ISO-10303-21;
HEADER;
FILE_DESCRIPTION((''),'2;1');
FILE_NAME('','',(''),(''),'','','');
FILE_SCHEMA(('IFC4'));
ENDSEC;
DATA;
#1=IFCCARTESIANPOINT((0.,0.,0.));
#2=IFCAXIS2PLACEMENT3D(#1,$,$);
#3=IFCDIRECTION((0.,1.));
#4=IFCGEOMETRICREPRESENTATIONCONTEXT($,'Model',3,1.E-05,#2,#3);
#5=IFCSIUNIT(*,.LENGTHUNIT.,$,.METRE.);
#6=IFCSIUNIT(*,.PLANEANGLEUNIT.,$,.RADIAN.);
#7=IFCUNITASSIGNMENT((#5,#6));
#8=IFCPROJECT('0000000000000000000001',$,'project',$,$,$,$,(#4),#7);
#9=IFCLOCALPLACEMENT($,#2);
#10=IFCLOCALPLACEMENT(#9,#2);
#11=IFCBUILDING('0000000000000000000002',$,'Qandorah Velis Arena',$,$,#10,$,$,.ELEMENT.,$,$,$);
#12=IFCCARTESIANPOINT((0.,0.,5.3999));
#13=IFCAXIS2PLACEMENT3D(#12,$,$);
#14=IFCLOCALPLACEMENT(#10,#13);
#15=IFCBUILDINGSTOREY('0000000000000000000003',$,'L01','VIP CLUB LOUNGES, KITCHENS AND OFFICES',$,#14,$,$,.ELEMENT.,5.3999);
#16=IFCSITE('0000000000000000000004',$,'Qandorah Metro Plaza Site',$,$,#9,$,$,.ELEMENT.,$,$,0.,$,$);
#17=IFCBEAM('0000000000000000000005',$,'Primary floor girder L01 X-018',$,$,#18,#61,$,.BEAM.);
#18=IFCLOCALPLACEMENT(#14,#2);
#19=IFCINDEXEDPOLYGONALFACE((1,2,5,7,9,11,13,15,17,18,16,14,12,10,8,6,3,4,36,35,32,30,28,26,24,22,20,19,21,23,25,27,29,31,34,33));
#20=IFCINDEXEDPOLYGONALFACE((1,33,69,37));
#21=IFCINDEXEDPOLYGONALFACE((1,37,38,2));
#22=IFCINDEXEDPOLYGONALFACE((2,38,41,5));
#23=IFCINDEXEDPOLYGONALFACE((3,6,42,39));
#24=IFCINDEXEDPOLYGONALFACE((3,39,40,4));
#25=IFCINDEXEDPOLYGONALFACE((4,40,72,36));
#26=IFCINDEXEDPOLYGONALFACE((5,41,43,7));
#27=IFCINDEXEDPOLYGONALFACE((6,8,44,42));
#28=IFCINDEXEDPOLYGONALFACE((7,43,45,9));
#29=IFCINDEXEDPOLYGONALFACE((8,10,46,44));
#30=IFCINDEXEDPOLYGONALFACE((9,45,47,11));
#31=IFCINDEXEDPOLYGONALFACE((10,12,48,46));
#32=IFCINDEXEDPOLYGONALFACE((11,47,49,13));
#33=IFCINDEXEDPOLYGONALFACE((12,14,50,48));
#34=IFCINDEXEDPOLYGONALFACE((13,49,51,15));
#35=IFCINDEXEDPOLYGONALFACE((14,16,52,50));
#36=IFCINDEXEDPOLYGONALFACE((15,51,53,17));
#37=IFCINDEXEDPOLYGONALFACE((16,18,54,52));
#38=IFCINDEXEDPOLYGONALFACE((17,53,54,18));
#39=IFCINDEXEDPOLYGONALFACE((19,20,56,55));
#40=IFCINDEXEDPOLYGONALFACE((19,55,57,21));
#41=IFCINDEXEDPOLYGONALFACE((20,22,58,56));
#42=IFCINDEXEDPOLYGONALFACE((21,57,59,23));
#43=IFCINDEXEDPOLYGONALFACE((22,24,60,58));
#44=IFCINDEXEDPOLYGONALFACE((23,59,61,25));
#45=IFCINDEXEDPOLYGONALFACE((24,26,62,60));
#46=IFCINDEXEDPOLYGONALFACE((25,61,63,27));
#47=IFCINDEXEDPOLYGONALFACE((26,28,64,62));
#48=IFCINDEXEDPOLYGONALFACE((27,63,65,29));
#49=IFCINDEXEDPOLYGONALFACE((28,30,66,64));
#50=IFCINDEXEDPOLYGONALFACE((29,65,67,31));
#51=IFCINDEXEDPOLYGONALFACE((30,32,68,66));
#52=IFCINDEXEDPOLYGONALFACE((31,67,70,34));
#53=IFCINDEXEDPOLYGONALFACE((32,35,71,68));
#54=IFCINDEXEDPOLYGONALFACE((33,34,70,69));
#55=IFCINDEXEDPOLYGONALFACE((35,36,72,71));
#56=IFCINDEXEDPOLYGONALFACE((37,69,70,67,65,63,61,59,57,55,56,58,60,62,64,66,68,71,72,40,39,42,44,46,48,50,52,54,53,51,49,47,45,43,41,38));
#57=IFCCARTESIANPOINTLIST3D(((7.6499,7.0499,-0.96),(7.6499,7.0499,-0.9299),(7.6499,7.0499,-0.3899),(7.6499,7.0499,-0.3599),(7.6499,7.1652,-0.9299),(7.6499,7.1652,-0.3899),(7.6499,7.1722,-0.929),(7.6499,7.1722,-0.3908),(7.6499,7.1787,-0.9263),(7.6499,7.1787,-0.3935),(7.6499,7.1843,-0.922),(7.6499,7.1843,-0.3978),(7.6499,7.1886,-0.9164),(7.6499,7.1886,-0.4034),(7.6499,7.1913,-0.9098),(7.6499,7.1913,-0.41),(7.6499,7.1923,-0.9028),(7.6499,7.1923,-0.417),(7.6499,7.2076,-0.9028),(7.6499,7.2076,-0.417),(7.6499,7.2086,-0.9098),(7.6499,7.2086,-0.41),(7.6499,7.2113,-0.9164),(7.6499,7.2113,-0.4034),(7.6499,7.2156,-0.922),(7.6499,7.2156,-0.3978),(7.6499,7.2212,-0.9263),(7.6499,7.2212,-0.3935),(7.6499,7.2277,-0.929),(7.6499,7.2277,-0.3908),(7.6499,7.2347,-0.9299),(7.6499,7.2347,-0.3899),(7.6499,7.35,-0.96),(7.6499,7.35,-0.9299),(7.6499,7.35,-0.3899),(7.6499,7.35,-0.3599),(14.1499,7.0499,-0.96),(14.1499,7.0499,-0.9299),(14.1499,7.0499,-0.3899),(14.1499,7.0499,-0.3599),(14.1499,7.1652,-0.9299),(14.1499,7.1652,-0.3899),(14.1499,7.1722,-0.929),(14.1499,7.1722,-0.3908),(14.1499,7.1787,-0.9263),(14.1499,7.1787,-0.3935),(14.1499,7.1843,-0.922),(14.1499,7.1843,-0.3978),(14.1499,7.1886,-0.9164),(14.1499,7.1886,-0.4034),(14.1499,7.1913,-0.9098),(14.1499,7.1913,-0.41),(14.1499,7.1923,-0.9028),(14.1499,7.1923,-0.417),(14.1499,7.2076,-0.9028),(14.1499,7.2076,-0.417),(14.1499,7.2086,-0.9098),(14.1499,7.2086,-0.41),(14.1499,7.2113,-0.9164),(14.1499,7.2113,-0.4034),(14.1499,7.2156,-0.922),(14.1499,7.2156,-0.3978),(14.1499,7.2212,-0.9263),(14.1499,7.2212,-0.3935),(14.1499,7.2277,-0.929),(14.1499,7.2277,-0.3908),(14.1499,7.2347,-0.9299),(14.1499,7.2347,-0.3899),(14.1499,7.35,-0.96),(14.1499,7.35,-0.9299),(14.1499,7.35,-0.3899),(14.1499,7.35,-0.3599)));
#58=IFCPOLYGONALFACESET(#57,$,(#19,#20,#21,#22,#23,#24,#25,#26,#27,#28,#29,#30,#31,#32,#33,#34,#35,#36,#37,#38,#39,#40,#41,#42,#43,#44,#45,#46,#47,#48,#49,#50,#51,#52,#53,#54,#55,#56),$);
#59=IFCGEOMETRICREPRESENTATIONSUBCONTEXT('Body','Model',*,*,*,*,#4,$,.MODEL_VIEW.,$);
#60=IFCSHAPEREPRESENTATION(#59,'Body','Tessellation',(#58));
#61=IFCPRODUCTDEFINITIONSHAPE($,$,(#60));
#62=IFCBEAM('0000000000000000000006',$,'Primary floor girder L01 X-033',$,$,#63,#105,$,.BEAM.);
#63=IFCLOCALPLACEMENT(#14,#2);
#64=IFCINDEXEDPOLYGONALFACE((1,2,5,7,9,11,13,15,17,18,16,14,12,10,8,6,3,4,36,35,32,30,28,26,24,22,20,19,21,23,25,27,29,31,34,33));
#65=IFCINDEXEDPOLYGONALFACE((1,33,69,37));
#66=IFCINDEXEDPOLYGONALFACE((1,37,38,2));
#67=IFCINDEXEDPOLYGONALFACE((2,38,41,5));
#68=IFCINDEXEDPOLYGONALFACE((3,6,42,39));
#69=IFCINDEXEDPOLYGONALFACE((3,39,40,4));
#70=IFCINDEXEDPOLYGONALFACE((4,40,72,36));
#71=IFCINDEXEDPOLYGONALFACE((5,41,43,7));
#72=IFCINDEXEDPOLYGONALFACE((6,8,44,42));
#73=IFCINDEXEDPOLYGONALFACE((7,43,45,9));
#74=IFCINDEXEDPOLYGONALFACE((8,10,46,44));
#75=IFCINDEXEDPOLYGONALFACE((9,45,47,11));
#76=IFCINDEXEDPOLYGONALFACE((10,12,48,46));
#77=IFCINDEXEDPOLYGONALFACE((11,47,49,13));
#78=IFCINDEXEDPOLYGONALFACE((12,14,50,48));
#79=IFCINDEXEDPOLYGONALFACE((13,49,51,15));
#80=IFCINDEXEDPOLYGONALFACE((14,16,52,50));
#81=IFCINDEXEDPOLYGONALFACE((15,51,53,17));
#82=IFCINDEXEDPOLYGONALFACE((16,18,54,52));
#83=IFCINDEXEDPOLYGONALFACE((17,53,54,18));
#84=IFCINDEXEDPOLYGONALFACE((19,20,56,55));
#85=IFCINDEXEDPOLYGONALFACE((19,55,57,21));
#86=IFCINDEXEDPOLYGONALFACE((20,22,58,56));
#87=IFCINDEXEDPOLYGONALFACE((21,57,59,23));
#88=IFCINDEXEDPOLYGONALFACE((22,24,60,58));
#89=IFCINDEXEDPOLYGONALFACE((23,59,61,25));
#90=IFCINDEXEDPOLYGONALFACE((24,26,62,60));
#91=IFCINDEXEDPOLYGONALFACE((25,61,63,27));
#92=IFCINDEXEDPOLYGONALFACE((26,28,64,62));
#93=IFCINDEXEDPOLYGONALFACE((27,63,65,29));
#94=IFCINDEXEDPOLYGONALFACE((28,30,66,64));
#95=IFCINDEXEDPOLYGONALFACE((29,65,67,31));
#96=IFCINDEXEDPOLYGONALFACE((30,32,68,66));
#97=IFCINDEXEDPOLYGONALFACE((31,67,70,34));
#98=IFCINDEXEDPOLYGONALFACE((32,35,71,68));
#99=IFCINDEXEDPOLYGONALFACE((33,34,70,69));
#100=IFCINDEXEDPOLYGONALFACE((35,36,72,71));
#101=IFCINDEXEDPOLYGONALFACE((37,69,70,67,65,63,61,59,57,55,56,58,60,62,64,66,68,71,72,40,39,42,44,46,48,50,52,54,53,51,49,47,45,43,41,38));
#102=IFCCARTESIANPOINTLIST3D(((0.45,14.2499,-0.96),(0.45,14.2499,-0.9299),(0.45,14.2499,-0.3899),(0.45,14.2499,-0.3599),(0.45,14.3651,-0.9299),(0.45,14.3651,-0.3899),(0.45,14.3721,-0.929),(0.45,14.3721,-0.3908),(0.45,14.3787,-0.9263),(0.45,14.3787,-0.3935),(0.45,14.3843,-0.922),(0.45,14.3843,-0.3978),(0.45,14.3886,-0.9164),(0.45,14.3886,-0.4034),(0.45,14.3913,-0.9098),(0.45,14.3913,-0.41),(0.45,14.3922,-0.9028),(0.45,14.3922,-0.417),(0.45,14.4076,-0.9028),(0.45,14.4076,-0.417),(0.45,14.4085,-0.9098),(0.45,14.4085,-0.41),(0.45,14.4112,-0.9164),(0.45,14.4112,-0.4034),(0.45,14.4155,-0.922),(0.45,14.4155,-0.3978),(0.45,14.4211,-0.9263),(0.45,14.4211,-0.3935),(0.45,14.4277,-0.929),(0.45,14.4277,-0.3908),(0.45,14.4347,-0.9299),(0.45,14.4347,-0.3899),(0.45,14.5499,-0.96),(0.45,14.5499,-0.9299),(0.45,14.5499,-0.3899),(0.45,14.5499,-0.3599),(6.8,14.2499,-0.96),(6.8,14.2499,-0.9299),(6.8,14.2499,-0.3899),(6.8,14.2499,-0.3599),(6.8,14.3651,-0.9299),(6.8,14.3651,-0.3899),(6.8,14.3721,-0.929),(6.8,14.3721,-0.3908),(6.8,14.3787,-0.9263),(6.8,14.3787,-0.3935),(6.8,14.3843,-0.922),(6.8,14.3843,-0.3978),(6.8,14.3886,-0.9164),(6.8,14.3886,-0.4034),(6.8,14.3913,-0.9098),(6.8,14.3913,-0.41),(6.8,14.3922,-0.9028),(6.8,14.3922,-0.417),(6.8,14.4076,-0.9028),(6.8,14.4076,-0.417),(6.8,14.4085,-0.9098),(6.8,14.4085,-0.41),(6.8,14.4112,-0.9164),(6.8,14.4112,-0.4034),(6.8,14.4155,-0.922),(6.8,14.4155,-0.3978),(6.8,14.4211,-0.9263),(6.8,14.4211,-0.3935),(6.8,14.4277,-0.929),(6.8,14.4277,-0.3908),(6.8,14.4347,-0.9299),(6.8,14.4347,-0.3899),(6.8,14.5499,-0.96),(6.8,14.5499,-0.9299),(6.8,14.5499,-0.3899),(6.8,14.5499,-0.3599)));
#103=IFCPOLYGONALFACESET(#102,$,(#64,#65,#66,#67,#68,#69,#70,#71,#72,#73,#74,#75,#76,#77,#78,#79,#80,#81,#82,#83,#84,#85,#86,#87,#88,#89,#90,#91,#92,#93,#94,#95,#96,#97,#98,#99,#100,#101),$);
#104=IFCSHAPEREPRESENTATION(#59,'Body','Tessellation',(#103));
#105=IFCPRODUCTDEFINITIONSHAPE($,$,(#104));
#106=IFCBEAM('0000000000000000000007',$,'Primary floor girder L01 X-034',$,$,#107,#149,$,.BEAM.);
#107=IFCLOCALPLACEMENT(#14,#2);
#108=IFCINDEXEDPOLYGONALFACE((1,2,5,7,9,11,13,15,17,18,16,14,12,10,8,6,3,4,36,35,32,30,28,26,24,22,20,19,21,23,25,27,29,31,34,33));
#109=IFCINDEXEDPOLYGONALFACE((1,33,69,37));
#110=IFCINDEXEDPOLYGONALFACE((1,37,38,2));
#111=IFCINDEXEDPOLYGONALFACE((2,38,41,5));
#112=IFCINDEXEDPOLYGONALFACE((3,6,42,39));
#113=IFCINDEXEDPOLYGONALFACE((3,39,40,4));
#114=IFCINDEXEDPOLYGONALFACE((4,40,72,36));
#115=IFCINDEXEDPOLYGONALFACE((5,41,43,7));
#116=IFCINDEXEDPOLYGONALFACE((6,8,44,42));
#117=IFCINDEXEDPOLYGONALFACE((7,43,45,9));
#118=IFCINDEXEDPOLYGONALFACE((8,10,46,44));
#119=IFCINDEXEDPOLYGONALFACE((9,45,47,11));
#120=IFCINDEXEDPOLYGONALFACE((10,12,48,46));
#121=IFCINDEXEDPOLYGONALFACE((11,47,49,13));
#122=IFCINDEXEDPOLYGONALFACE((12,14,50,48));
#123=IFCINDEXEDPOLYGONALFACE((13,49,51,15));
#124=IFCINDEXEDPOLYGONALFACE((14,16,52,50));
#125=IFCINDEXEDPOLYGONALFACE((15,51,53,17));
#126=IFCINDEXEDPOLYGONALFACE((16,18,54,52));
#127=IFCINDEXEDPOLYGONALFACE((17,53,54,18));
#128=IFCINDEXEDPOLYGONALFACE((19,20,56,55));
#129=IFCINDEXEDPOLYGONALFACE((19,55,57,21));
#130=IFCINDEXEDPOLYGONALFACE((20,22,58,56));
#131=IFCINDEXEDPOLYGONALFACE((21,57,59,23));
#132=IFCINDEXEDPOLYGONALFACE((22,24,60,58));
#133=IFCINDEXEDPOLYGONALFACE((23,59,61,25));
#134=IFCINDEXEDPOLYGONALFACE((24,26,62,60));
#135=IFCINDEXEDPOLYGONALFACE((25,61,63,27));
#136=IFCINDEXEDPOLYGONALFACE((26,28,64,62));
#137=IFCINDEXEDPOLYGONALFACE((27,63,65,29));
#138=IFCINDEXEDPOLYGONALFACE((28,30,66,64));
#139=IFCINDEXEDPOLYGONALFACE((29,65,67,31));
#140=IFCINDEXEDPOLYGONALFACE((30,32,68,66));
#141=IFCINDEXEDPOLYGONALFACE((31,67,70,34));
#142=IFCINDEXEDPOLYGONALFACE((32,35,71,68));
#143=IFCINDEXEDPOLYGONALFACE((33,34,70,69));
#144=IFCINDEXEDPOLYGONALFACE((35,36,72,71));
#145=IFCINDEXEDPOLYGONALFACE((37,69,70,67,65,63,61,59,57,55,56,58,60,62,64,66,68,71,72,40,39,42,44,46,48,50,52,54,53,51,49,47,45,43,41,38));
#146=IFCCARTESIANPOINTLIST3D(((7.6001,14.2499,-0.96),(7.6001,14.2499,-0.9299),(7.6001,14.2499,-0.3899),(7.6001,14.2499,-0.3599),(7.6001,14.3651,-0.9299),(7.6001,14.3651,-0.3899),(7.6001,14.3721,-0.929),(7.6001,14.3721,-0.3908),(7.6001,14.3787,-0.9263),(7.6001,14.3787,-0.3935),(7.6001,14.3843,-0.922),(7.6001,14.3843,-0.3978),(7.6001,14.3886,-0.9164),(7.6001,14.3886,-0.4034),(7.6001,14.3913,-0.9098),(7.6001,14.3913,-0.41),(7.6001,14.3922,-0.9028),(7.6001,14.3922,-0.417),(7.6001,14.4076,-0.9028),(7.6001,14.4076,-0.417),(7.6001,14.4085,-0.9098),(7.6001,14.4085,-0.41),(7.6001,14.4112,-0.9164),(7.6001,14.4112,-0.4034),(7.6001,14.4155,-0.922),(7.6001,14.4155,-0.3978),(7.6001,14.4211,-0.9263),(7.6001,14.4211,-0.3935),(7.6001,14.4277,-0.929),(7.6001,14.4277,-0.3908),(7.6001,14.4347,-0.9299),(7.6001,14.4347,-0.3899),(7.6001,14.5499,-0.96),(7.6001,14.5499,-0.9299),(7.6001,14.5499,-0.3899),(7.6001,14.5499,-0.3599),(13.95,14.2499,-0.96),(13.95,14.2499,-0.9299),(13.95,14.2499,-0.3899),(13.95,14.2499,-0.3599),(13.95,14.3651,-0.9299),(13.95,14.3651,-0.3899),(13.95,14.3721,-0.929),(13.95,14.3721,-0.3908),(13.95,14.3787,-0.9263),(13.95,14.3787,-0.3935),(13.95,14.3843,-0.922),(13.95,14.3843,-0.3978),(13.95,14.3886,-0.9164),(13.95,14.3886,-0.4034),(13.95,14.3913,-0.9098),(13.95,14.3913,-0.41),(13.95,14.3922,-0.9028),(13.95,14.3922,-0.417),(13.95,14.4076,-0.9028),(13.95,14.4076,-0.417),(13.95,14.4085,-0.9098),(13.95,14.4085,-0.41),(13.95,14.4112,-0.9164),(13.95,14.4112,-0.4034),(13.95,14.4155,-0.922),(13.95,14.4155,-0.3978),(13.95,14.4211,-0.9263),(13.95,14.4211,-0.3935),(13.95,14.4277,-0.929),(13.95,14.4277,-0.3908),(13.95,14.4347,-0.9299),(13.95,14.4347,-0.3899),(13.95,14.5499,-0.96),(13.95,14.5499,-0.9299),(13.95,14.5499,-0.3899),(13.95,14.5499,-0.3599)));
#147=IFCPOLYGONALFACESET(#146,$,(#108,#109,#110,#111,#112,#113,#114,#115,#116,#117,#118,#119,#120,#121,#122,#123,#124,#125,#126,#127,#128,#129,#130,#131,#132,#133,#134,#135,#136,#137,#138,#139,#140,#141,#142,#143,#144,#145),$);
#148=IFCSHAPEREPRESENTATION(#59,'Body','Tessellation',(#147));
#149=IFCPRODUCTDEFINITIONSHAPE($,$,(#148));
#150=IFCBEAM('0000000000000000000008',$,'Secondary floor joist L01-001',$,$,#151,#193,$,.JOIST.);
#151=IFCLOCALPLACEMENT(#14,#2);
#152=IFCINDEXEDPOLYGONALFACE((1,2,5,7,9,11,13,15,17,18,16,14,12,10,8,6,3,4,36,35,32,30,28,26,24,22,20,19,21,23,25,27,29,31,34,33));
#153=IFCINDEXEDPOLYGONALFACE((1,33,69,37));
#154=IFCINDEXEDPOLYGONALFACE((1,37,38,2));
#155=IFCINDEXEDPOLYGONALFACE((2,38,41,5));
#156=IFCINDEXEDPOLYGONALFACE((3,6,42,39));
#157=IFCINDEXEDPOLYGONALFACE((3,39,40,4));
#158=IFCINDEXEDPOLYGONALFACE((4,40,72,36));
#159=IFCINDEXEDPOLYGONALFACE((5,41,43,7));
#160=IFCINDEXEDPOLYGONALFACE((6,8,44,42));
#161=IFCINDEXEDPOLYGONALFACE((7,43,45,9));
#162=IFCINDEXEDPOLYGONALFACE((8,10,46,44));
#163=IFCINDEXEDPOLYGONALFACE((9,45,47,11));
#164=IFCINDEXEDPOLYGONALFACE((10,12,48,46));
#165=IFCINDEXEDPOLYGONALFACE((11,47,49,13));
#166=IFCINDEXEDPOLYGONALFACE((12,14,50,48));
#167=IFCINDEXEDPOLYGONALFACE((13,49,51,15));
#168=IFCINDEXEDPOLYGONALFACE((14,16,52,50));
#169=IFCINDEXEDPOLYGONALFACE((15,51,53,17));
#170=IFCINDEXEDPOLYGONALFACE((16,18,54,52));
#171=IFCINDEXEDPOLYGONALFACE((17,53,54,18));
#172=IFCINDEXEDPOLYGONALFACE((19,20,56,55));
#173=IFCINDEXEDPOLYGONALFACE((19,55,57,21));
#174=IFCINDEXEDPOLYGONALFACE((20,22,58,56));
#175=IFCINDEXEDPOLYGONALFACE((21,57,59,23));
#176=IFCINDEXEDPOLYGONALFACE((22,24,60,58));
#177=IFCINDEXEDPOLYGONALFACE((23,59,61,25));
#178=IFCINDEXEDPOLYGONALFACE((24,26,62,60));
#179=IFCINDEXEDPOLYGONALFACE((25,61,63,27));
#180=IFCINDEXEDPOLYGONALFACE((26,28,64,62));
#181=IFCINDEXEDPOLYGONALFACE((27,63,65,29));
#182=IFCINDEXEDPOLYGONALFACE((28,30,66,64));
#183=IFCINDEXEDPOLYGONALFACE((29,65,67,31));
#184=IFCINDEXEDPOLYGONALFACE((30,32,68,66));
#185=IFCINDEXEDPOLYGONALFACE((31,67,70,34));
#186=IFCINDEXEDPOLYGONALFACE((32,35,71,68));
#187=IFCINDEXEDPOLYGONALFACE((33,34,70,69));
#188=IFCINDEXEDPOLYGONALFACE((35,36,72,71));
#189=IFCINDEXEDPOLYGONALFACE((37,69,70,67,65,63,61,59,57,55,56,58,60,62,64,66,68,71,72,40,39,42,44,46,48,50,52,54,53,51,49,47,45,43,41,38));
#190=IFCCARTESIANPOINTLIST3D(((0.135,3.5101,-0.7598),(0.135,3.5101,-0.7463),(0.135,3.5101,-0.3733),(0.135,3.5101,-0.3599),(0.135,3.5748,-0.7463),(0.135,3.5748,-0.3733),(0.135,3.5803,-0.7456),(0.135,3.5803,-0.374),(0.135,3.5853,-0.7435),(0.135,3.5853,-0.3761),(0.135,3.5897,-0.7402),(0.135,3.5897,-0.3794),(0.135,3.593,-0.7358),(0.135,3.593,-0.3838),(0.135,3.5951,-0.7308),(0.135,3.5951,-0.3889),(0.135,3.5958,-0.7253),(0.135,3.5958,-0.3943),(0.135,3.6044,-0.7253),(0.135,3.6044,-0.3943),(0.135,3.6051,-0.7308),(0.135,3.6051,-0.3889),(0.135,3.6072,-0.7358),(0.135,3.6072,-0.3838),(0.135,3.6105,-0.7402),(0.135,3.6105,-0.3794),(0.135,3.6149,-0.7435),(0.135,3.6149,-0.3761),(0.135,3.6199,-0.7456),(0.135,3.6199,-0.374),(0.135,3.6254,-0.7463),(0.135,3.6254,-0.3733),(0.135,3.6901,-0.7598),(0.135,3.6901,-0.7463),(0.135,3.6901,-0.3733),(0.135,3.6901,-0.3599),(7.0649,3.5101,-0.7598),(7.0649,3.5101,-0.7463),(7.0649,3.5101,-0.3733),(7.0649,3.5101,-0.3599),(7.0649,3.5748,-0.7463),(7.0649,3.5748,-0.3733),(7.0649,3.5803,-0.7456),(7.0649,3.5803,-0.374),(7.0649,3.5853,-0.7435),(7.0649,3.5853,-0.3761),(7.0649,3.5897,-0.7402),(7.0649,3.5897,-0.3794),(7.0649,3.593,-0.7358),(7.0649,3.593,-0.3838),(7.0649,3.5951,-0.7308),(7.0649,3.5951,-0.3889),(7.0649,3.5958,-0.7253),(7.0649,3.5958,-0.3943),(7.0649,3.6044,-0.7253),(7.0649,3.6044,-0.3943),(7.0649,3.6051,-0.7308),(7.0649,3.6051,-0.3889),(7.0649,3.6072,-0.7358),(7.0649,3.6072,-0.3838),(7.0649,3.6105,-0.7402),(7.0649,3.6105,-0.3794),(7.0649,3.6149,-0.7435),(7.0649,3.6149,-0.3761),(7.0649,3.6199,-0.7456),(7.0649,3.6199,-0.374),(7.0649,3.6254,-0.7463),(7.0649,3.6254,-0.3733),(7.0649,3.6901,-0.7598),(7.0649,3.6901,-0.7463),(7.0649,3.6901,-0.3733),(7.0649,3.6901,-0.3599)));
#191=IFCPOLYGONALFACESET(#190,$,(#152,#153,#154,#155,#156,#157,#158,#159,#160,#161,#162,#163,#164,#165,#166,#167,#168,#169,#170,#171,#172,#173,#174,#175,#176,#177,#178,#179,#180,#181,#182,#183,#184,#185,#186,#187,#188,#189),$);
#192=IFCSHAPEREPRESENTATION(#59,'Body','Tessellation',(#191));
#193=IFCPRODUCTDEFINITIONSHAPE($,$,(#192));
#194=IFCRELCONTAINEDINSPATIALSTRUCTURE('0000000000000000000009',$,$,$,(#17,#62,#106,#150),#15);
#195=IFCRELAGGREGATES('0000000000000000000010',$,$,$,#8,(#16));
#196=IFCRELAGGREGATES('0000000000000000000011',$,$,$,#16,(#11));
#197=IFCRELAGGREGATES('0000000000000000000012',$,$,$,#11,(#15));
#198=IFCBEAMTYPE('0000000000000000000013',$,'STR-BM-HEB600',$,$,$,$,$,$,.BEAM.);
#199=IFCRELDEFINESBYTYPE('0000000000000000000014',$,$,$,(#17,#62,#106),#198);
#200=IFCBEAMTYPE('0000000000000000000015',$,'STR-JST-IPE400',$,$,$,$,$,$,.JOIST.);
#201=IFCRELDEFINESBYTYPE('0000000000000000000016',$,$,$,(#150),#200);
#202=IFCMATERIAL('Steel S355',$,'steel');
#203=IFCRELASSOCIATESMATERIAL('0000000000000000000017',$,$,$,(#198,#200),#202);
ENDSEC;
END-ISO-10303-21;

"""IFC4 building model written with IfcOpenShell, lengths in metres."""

from ifc_helpers import new_model, si_unit, direction, frame, origin, origin_2d, place, context, subcontext, project, spatial, i_section, extrude, material, material_profile, profile_set, type_object, element, save


model = new_model("IFC4")

# Units and contexts
model_context = context("Model", 3, precision=1e-05, world=origin(), true_north=direction((0.0, 1.0)))
body_context = subcontext(model_context, "Body", "Model", "MODEL_VIEW")
ifc_project = project(units=[si_unit("LENGTHUNIT", "METRE"), si_unit("PLANEANGLEUNIT", "RADIAN")], contexts=[model_context])

# Site, building, storey
site_placement = place(None, origin())
site = spatial("IfcSite", under=ifc_project, at=site_placement, Name="Qandorah Metro Plaza Site", CompositionType="ELEMENT", RefElevation=0.0)
building_placement = place(site_placement, origin())
building = spatial("IfcBuilding", under=site, at=building_placement, Name="Qandorah Velis Arena", CompositionType="ELEMENT")
storey_placement = place(building_placement, frame((0.0, 0.0, 5.3999)))
storey = spatial("IfcBuildingStorey", under=building, at=storey_placement, Name="L01", Description="VIP CLUB LOUNGES, KITCHENS AND OFFICES", CompositionType="ELEMENT", Elevation=5.3999)

# Beams
ifc_material_1 = material(Name="Steel S355", Category="steel")
ifc_material_profile_1 = material_profile(ifc_material_1, i_section(OverallWidth=0.3, OverallDepth=0.6001, WebThickness=0.0154, FlangeThickness=0.03, FilletRadius=0.0271, at=origin_2d()), Name="HEB 600")
ifc_profile_set_1 = profile_set([ifc_material_profile_1], Name="Steel S355")
beam_type_1 = type_object("IfcBeamType", Name="STR-BM-HEB600", PredefinedType="BEAM", material=ifc_profile_set_1)
beam_1_placement = place(storey_placement, frame((7.6499, 7.2, -0.6599), z_axis=(1.0, 0.0, 0.0), x_axis=(0.0, 1.0, 0.0)))
element("IfcBeam", 1, at=beam_1_placement, inside=storey, type_object=beam_type_1, Name="Primary floor girder L01 X-018", PredefinedType="BEAM", context=body_context, shape_type="SweptSolid", body=[
    extrude(i_section(OverallWidth=0.3, OverallDepth=0.6001, WebThickness=0.0154, FlangeThickness=0.03, FilletRadius=0.0271, at=origin_2d()), origin(), (0.0, 0.0, 1.0), 6.5),
])
beam_2_placement = place(storey_placement, frame((0.45, 14.3999, -0.6599), z_axis=(1.0, 0.0, 0.0), x_axis=(0.0, 1.0, 0.0)))
element("IfcBeam", 2, at=beam_2_placement, inside=storey, type_object=beam_type_1, Name="Primary floor girder L01 X-033", PredefinedType="BEAM", context=body_context, shape_type="SweptSolid", body=[
    extrude(i_section(OverallWidth=0.3, OverallDepth=0.6001, WebThickness=0.0154, FlangeThickness=0.03, FilletRadius=0.0271, at=origin_2d()), origin(), (0.0, 0.0, 1.0), 6.3501),
])
beam_3_placement = place(storey_placement, frame((7.6001, 14.3999, -0.6599), z_axis=(1.0, 0.0, 0.0), x_axis=(0.0, 1.0, 0.0)))
element("IfcBeam", 3, at=beam_3_placement, inside=storey, type_object=beam_type_1, Name="Primary floor girder L01 X-034", PredefinedType="BEAM", context=body_context, shape_type="SweptSolid", body=[
    extrude(i_section(OverallWidth=0.3, OverallDepth=0.6001, WebThickness=0.0154, FlangeThickness=0.03, FilletRadius=0.0271, at=origin_2d()), origin(), (0.0, 0.0, 1.0), 6.3499),
])
ifc_material_profile_2 = material_profile(ifc_material_1, i_section(OverallWidth=0.1799, OverallDepth=0.3999, WebThickness=0.0085, FlangeThickness=0.0134, FilletRadius=0.021, at=origin_2d()), Name="IPE 400")
ifc_profile_set_2 = profile_set([ifc_material_profile_2], Name="Steel S355")
beam_type_2 = type_object("IfcBeamType", Name="STR-JST-IPE400", PredefinedType="JOIST", material=ifc_profile_set_2)
for number, where, z_axis, x_axis, name in (
    (4, (0.135, 3.6001, -0.5598), (1.0, 0.0, 0.0), (0.0, 1.0, 0.0), "Secondary floor joist L01-001"),
):
    element("IfcBeam", number, at=place(storey_placement, frame(where, z_axis=z_axis, x_axis=x_axis)), inside=storey, type_object=beam_type_2, Name=name, PredefinedType="JOIST", context=body_context, shape_type="SweptSolid", body=[
        extrude(i_section(OverallWidth=0.1799, OverallDepth=0.3999, WebThickness=0.0085, FlangeThickness=0.0134, FilletRadius=0.021, at=origin_2d()), origin(), (0.0, 0.0, 1.0), 6.9299),
    ])

save(model, "model.ifc")
